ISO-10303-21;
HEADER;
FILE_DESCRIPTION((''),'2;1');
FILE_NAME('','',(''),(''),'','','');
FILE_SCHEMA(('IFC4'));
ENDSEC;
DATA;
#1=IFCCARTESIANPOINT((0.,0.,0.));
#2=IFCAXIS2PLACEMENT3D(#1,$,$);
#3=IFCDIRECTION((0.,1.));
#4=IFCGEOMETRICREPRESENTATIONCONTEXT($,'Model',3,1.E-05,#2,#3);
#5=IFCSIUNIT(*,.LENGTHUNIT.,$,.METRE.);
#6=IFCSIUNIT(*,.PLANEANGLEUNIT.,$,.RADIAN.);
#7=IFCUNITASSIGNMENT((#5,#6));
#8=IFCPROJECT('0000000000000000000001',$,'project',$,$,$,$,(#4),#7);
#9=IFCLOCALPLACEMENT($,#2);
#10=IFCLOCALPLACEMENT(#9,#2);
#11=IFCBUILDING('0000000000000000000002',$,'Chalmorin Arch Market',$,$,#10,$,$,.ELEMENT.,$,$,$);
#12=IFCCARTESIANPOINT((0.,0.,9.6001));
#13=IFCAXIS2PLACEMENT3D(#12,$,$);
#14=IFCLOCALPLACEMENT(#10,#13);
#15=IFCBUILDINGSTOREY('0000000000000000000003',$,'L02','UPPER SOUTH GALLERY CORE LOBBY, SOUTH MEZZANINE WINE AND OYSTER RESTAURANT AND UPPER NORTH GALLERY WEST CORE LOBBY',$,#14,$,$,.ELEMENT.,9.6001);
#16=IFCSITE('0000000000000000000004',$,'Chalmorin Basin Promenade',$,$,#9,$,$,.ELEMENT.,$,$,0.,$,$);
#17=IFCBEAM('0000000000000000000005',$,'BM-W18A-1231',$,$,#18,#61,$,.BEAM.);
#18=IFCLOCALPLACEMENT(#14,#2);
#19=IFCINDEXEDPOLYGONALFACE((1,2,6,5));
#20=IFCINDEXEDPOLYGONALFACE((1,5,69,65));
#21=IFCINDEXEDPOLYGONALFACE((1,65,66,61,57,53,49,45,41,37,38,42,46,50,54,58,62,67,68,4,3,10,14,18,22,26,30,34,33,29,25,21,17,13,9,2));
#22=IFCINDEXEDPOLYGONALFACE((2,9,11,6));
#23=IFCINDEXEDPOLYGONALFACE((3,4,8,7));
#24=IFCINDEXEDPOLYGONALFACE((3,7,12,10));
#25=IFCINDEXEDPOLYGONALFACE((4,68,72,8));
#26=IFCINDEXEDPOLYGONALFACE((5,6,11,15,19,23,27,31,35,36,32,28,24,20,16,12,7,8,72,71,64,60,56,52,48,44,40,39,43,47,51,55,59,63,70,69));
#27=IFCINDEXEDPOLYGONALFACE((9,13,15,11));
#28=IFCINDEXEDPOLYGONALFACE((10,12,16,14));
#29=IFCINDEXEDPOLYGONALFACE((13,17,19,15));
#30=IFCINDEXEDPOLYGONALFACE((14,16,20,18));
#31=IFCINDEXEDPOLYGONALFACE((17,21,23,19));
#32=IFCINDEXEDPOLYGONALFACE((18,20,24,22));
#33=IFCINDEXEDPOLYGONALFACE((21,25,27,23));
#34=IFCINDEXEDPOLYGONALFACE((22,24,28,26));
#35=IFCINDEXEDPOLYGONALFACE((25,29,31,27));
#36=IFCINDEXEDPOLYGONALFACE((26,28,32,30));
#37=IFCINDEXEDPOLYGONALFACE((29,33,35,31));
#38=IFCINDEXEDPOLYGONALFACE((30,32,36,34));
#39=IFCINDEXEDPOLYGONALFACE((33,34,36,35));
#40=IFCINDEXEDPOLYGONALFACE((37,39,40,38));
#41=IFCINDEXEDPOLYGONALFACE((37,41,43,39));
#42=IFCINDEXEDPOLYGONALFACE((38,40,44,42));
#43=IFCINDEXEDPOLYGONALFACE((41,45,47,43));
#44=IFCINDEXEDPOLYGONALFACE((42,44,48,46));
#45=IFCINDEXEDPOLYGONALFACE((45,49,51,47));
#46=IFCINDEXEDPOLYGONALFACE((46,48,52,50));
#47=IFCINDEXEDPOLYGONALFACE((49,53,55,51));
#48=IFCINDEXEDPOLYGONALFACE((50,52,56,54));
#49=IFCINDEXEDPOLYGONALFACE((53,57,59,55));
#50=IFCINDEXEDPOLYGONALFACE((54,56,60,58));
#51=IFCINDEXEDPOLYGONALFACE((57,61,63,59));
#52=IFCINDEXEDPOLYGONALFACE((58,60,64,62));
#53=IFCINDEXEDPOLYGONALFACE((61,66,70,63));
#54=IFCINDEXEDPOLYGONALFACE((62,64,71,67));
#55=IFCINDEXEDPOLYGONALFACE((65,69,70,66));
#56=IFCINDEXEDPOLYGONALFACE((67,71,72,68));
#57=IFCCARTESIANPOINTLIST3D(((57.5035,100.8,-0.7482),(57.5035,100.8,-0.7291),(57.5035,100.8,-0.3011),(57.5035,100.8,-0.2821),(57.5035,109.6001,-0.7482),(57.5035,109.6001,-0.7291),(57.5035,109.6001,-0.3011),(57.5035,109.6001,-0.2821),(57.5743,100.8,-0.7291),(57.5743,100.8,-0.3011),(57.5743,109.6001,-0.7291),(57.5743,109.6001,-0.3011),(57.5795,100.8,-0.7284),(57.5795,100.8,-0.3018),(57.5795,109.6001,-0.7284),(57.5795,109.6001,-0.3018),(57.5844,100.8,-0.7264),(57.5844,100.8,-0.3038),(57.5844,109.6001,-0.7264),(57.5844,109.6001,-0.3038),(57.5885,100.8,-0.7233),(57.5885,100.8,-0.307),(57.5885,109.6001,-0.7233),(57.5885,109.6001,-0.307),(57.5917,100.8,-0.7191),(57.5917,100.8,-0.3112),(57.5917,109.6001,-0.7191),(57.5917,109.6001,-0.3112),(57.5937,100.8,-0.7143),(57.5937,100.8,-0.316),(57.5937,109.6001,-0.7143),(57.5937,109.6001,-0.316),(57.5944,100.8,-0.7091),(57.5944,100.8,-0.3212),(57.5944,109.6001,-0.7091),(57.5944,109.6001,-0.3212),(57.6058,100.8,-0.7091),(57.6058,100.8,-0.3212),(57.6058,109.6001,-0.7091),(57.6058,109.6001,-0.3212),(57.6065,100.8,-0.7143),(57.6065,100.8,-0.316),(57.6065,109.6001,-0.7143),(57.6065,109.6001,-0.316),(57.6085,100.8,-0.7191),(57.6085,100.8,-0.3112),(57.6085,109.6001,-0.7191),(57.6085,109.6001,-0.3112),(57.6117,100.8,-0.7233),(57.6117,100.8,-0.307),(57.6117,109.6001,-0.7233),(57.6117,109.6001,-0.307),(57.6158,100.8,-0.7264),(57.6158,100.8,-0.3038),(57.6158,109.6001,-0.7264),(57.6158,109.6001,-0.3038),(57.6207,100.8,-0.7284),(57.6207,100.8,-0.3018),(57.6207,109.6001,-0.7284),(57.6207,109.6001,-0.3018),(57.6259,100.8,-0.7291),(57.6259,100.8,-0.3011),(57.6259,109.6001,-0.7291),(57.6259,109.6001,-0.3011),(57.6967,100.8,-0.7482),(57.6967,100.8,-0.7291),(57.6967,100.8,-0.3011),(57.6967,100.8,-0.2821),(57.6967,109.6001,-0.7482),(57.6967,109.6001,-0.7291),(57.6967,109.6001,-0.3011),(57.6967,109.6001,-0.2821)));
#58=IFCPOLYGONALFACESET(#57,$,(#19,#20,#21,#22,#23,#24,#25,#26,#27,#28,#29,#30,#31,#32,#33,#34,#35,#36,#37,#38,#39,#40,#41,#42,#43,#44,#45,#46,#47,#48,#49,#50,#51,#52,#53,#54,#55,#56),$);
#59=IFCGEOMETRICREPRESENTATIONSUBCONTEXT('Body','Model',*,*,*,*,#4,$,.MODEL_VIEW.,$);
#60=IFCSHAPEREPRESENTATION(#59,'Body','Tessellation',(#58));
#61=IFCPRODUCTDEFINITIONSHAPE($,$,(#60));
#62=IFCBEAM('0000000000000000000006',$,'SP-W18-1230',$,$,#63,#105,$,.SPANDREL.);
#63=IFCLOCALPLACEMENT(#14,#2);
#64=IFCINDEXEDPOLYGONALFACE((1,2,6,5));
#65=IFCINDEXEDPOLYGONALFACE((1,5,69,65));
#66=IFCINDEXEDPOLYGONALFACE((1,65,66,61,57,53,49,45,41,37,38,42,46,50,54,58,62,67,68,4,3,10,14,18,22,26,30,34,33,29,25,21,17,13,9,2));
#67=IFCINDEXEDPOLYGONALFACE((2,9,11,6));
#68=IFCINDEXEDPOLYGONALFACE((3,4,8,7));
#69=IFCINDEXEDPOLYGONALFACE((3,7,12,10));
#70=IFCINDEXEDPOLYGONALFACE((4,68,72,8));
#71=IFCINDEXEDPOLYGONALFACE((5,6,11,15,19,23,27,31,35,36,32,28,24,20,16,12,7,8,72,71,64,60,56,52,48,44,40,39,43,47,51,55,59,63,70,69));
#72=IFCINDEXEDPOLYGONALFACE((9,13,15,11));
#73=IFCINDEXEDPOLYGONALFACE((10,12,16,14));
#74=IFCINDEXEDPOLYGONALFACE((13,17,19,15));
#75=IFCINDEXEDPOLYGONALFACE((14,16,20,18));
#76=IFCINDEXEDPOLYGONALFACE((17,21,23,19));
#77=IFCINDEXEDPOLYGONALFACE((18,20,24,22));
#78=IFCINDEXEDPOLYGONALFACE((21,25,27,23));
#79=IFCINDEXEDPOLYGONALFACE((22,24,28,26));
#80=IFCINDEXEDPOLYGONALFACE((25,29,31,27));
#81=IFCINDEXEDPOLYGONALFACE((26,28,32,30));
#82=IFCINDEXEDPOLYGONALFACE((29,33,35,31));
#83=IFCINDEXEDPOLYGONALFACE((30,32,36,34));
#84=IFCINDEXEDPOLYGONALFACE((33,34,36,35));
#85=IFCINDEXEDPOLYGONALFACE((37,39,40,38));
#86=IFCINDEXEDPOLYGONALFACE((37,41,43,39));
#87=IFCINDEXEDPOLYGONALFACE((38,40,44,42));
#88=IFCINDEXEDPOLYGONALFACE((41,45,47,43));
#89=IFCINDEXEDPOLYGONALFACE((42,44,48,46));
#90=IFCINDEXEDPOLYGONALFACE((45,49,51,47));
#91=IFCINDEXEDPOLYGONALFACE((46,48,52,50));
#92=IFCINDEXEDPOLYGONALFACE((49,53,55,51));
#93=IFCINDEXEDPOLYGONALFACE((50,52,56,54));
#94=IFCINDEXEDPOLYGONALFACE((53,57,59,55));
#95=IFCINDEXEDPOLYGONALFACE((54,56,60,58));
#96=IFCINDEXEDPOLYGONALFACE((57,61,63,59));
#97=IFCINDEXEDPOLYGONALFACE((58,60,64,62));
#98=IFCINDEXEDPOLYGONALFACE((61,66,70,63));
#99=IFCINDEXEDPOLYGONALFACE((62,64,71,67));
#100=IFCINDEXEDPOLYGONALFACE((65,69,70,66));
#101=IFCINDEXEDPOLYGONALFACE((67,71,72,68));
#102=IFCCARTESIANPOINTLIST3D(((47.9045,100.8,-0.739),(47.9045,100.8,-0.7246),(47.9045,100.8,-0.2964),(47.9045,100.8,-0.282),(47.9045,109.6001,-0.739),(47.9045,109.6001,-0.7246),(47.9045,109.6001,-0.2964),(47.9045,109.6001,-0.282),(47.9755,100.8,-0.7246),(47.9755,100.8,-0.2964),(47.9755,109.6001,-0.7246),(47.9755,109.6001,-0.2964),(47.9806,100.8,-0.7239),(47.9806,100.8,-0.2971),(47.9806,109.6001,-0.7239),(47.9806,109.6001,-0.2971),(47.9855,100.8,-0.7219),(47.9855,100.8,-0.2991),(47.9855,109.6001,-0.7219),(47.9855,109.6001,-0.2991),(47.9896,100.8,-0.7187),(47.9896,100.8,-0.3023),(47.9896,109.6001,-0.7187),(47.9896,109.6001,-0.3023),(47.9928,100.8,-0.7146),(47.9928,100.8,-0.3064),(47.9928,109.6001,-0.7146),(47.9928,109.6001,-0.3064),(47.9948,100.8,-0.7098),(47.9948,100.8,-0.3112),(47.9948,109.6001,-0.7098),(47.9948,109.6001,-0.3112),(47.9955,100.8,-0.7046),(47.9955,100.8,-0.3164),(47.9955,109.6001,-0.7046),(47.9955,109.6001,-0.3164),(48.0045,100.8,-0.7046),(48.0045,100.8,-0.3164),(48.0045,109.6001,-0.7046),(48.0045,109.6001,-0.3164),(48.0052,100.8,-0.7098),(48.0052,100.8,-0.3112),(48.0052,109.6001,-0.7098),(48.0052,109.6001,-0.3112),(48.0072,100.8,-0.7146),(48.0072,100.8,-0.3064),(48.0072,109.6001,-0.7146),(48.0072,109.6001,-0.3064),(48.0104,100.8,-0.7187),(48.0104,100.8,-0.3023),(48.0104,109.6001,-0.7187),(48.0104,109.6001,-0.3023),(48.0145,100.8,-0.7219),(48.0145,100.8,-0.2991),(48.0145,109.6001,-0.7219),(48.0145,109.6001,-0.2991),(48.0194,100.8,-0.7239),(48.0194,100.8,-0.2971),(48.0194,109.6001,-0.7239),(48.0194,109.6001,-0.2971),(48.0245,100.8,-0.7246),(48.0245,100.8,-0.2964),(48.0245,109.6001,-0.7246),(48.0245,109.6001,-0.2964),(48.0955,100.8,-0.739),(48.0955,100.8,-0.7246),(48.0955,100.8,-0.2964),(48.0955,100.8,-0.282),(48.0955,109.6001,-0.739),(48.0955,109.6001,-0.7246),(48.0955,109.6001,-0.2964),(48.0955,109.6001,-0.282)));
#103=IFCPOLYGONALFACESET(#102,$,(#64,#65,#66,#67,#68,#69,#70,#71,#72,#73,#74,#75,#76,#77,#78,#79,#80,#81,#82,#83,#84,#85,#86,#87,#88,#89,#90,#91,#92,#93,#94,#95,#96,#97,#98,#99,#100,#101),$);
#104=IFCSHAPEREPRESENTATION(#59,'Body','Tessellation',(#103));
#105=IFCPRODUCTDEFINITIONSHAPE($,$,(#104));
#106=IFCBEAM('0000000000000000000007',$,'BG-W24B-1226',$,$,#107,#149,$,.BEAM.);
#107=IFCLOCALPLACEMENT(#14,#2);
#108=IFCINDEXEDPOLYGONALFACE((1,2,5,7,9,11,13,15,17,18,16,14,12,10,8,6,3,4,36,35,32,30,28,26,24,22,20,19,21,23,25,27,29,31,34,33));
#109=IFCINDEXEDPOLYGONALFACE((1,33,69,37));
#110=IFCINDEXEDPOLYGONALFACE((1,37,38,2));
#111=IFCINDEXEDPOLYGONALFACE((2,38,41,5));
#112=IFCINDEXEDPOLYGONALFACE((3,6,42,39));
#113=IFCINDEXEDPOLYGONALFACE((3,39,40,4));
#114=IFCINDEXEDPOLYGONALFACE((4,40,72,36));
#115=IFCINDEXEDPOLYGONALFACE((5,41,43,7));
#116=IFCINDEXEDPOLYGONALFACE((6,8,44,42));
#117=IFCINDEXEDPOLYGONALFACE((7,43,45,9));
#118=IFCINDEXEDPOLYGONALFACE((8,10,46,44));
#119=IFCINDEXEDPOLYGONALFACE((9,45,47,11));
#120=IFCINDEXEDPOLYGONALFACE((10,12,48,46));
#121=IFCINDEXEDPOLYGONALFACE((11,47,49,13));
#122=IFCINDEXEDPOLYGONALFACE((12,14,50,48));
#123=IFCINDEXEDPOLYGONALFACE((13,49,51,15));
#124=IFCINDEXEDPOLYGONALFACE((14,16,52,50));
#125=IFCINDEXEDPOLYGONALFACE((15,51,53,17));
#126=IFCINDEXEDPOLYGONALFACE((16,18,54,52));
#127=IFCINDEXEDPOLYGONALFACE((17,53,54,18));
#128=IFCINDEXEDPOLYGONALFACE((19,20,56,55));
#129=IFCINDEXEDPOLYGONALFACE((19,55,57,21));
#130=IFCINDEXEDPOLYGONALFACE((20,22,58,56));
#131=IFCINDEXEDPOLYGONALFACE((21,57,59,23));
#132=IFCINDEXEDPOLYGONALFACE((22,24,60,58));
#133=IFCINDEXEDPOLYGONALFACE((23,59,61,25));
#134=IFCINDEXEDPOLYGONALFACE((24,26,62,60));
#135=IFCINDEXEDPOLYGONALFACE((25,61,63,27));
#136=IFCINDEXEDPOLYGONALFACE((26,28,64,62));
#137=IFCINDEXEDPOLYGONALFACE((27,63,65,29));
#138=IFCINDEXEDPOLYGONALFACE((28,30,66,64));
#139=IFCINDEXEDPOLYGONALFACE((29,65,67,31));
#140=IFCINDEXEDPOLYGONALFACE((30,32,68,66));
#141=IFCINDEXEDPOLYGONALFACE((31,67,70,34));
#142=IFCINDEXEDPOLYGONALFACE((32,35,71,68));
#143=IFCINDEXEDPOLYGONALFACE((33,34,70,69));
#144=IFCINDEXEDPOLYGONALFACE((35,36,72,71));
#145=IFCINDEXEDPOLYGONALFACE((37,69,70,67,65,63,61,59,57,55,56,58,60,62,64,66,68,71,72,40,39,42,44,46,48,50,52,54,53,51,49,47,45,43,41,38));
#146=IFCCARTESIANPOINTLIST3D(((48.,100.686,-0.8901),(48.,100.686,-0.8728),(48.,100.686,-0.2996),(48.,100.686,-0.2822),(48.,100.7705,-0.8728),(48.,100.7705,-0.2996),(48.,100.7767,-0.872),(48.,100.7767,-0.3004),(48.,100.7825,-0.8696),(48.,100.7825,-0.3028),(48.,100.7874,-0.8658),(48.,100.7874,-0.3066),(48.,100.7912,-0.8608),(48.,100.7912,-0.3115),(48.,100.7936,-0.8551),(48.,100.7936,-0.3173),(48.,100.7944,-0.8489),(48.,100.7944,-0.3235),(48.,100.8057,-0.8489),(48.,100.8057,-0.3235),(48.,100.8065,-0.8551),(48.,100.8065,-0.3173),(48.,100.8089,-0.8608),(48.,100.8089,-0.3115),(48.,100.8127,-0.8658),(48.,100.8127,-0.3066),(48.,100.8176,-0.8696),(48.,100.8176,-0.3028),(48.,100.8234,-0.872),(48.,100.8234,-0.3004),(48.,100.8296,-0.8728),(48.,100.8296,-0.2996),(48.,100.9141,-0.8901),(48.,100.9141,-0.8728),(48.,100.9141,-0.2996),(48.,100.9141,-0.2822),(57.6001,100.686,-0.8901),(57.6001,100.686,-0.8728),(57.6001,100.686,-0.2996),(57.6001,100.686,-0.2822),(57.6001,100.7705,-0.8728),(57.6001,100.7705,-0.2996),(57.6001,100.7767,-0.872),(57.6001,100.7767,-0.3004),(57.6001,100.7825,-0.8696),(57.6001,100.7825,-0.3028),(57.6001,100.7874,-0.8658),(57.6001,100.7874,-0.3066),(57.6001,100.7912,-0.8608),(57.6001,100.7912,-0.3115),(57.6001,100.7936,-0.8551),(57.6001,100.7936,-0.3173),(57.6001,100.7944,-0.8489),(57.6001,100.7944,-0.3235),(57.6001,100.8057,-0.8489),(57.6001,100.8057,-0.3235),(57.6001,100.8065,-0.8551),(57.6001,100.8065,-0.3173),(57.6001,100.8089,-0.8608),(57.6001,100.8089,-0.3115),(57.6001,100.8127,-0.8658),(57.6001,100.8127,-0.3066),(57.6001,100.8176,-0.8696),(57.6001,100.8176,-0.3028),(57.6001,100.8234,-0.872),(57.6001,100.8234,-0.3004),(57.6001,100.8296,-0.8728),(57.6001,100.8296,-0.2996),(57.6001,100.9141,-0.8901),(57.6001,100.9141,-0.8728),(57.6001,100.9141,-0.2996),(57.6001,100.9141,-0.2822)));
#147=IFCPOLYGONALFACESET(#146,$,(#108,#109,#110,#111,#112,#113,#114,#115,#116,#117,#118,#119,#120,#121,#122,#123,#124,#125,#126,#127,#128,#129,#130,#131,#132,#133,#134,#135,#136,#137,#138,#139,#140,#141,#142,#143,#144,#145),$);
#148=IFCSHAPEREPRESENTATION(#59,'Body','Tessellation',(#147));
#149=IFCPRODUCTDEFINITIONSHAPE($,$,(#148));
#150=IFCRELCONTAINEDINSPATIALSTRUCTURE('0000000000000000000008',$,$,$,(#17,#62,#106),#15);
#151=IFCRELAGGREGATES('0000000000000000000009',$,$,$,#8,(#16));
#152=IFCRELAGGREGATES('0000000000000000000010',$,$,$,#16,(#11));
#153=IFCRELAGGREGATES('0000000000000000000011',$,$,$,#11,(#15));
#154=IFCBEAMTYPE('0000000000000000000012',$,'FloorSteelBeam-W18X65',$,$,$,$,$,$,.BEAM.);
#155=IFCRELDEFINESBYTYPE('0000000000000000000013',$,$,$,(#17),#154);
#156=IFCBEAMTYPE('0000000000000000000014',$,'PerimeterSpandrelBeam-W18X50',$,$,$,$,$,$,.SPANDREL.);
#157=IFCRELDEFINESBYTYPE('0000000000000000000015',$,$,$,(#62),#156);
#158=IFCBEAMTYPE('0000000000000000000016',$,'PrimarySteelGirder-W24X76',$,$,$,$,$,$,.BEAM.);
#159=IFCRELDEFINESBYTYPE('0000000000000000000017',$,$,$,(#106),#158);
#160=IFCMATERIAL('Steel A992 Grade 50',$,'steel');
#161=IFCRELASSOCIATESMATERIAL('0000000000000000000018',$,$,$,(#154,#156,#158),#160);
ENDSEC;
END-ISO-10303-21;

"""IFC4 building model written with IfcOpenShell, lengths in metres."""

from ifc_helpers import new_model, si_unit, direction, frame, origin, origin_2d, place, context, subcontext, project, spatial, i_section, extrude, material, material_profile, profile_set, type_object, element, save


model = new_model("IFC4")

# Units and contexts
model_context = context("Model", 3, precision=1e-05, world=origin(), true_north=direction((0.0, 1.0)))
body_context = subcontext(model_context, "Body", "Model", "MODEL_VIEW")
ifc_project = project(units=[si_unit("LENGTHUNIT", "METRE"), si_unit("PLANEANGLEUNIT", "RADIAN")], contexts=[model_context])

# Site, building, storey
site_placement = place(None, origin())
site = spatial("IfcSite", under=ifc_project, at=site_placement, Name="Chalmorin Basin Promenade", CompositionType="ELEMENT", RefElevation=0.0)
building_placement = place(site_placement, origin())
building = spatial("IfcBuilding", under=site, at=building_placement, Name="Chalmorin Arch Market", CompositionType="ELEMENT")
storey_placement = place(building_placement, frame((0.0, 0.0, 9.6001)))
storey = spatial("IfcBuildingStorey", under=building, at=storey_placement, Name="L02", Description="UPPER SOUTH GALLERY CORE LOBBY, SOUTH MEZZANINE WINE AND OYSTER RESTAURANT AND UPPER NORTH GALLERY WEST CORE LOBBY", CompositionType="ELEMENT", Elevation=9.6001)

# Beams
ifc_material_1 = material(Name="Steel A992 Grade 50", Category="steel")
ifc_material_profile_1 = material_profile(ifc_material_1, i_section(OverallWidth=0.1931, OverallDepth=0.4661, WebThickness=0.0115, FlangeThickness=0.019, FilletRadius=0.02, at=origin_2d()), Name="W18X65")
ifc_profile_set_1 = profile_set([ifc_material_profile_1], Name="Steel A992 Grade 50")
beam_type_1 = type_object("IfcBeamType", Name="FloorSteelBeam-W18X65", PredefinedType="BEAM", material=ifc_profile_set_1)
beam_1_placement = place(storey_placement, frame((57.6001, 100.8, -0.5151), z_axis=(0.0, 1.0, 0.0), x_axis=(-1.0, 0.0, 0.0)))
element("IfcBeam", 1, at=beam_1_placement, inside=storey, type_object=beam_type_1, Name="BM-W18A-1231", PredefinedType="BEAM", context=body_context, shape_type="SweptSolid", body=[
    extrude(i_section(OverallWidth=0.1931, OverallDepth=0.4661, WebThickness=0.0115, FlangeThickness=0.019, FilletRadius=0.02, at=origin_2d()), origin(), (0.0, 0.0, 1.0), 8.8),
])
ifc_material_profile_2 = material_profile(ifc_material_1, i_section(OverallWidth=0.1909, OverallDepth=0.457, WebThickness=0.009, FlangeThickness=0.0144, FilletRadius=0.02, at=origin_2d()), Name="W18X50")
ifc_profile_set_2 = profile_set([ifc_material_profile_2], Name="Steel A992 Grade 50")
beam_type_2 = type_object("IfcBeamType", Name="PerimeterSpandrelBeam-W18X50", PredefinedType="SPANDREL", material=ifc_profile_set_2)
beam_2_placement = place(storey_placement, frame((48.0, 100.8, -0.5105), z_axis=(0.0, 1.0, 0.0), x_axis=(-1.0, 0.0, 0.0)))
element("IfcBeam", 2, at=beam_2_placement, inside=storey, type_object=beam_type_2, Name="SP-W18-1230", PredefinedType="SPANDREL", context=body_context, shape_type="SweptSolid", body=[
    extrude(i_section(OverallWidth=0.1909, OverallDepth=0.457, WebThickness=0.009, FlangeThickness=0.0144, FilletRadius=0.02, at=origin_2d()), origin(), (0.0, 0.0, 1.0), 8.8),
])
ifc_material_profile_3 = material_profile(ifc_material_1, i_section(OverallWidth=0.228, OverallDepth=0.6079, WebThickness=0.0112, FlangeThickness=0.0173, FilletRadius=0.0239, at=origin_2d()), Name="W24X76")
ifc_profile_set_3 = profile_set([ifc_material_profile_3], Name="Steel A992 Grade 50")
beam_type_3 = type_object("IfcBeamType", Name="PrimarySteelGirder-W24X76", PredefinedType="BEAM", material=ifc_profile_set_3)
beam_3_placement = place(storey_placement, frame((48.0, 100.8, -0.5862), z_axis=(1.0, 0.0, 0.0), x_axis=(0.0, 1.0, 0.0)))
element("IfcBeam", 3, at=beam_3_placement, inside=storey, type_object=beam_type_3, Name="BG-W24B-1226", PredefinedType="BEAM", context=body_context, shape_type="SweptSolid", body=[
    extrude(i_section(OverallWidth=0.228, OverallDepth=0.6079, WebThickness=0.0112, FlangeThickness=0.0173, FilletRadius=0.0239, at=origin_2d()), origin(), (0.0, 0.0, 1.0), 9.6001),
])

save(model, "model.ifc")
